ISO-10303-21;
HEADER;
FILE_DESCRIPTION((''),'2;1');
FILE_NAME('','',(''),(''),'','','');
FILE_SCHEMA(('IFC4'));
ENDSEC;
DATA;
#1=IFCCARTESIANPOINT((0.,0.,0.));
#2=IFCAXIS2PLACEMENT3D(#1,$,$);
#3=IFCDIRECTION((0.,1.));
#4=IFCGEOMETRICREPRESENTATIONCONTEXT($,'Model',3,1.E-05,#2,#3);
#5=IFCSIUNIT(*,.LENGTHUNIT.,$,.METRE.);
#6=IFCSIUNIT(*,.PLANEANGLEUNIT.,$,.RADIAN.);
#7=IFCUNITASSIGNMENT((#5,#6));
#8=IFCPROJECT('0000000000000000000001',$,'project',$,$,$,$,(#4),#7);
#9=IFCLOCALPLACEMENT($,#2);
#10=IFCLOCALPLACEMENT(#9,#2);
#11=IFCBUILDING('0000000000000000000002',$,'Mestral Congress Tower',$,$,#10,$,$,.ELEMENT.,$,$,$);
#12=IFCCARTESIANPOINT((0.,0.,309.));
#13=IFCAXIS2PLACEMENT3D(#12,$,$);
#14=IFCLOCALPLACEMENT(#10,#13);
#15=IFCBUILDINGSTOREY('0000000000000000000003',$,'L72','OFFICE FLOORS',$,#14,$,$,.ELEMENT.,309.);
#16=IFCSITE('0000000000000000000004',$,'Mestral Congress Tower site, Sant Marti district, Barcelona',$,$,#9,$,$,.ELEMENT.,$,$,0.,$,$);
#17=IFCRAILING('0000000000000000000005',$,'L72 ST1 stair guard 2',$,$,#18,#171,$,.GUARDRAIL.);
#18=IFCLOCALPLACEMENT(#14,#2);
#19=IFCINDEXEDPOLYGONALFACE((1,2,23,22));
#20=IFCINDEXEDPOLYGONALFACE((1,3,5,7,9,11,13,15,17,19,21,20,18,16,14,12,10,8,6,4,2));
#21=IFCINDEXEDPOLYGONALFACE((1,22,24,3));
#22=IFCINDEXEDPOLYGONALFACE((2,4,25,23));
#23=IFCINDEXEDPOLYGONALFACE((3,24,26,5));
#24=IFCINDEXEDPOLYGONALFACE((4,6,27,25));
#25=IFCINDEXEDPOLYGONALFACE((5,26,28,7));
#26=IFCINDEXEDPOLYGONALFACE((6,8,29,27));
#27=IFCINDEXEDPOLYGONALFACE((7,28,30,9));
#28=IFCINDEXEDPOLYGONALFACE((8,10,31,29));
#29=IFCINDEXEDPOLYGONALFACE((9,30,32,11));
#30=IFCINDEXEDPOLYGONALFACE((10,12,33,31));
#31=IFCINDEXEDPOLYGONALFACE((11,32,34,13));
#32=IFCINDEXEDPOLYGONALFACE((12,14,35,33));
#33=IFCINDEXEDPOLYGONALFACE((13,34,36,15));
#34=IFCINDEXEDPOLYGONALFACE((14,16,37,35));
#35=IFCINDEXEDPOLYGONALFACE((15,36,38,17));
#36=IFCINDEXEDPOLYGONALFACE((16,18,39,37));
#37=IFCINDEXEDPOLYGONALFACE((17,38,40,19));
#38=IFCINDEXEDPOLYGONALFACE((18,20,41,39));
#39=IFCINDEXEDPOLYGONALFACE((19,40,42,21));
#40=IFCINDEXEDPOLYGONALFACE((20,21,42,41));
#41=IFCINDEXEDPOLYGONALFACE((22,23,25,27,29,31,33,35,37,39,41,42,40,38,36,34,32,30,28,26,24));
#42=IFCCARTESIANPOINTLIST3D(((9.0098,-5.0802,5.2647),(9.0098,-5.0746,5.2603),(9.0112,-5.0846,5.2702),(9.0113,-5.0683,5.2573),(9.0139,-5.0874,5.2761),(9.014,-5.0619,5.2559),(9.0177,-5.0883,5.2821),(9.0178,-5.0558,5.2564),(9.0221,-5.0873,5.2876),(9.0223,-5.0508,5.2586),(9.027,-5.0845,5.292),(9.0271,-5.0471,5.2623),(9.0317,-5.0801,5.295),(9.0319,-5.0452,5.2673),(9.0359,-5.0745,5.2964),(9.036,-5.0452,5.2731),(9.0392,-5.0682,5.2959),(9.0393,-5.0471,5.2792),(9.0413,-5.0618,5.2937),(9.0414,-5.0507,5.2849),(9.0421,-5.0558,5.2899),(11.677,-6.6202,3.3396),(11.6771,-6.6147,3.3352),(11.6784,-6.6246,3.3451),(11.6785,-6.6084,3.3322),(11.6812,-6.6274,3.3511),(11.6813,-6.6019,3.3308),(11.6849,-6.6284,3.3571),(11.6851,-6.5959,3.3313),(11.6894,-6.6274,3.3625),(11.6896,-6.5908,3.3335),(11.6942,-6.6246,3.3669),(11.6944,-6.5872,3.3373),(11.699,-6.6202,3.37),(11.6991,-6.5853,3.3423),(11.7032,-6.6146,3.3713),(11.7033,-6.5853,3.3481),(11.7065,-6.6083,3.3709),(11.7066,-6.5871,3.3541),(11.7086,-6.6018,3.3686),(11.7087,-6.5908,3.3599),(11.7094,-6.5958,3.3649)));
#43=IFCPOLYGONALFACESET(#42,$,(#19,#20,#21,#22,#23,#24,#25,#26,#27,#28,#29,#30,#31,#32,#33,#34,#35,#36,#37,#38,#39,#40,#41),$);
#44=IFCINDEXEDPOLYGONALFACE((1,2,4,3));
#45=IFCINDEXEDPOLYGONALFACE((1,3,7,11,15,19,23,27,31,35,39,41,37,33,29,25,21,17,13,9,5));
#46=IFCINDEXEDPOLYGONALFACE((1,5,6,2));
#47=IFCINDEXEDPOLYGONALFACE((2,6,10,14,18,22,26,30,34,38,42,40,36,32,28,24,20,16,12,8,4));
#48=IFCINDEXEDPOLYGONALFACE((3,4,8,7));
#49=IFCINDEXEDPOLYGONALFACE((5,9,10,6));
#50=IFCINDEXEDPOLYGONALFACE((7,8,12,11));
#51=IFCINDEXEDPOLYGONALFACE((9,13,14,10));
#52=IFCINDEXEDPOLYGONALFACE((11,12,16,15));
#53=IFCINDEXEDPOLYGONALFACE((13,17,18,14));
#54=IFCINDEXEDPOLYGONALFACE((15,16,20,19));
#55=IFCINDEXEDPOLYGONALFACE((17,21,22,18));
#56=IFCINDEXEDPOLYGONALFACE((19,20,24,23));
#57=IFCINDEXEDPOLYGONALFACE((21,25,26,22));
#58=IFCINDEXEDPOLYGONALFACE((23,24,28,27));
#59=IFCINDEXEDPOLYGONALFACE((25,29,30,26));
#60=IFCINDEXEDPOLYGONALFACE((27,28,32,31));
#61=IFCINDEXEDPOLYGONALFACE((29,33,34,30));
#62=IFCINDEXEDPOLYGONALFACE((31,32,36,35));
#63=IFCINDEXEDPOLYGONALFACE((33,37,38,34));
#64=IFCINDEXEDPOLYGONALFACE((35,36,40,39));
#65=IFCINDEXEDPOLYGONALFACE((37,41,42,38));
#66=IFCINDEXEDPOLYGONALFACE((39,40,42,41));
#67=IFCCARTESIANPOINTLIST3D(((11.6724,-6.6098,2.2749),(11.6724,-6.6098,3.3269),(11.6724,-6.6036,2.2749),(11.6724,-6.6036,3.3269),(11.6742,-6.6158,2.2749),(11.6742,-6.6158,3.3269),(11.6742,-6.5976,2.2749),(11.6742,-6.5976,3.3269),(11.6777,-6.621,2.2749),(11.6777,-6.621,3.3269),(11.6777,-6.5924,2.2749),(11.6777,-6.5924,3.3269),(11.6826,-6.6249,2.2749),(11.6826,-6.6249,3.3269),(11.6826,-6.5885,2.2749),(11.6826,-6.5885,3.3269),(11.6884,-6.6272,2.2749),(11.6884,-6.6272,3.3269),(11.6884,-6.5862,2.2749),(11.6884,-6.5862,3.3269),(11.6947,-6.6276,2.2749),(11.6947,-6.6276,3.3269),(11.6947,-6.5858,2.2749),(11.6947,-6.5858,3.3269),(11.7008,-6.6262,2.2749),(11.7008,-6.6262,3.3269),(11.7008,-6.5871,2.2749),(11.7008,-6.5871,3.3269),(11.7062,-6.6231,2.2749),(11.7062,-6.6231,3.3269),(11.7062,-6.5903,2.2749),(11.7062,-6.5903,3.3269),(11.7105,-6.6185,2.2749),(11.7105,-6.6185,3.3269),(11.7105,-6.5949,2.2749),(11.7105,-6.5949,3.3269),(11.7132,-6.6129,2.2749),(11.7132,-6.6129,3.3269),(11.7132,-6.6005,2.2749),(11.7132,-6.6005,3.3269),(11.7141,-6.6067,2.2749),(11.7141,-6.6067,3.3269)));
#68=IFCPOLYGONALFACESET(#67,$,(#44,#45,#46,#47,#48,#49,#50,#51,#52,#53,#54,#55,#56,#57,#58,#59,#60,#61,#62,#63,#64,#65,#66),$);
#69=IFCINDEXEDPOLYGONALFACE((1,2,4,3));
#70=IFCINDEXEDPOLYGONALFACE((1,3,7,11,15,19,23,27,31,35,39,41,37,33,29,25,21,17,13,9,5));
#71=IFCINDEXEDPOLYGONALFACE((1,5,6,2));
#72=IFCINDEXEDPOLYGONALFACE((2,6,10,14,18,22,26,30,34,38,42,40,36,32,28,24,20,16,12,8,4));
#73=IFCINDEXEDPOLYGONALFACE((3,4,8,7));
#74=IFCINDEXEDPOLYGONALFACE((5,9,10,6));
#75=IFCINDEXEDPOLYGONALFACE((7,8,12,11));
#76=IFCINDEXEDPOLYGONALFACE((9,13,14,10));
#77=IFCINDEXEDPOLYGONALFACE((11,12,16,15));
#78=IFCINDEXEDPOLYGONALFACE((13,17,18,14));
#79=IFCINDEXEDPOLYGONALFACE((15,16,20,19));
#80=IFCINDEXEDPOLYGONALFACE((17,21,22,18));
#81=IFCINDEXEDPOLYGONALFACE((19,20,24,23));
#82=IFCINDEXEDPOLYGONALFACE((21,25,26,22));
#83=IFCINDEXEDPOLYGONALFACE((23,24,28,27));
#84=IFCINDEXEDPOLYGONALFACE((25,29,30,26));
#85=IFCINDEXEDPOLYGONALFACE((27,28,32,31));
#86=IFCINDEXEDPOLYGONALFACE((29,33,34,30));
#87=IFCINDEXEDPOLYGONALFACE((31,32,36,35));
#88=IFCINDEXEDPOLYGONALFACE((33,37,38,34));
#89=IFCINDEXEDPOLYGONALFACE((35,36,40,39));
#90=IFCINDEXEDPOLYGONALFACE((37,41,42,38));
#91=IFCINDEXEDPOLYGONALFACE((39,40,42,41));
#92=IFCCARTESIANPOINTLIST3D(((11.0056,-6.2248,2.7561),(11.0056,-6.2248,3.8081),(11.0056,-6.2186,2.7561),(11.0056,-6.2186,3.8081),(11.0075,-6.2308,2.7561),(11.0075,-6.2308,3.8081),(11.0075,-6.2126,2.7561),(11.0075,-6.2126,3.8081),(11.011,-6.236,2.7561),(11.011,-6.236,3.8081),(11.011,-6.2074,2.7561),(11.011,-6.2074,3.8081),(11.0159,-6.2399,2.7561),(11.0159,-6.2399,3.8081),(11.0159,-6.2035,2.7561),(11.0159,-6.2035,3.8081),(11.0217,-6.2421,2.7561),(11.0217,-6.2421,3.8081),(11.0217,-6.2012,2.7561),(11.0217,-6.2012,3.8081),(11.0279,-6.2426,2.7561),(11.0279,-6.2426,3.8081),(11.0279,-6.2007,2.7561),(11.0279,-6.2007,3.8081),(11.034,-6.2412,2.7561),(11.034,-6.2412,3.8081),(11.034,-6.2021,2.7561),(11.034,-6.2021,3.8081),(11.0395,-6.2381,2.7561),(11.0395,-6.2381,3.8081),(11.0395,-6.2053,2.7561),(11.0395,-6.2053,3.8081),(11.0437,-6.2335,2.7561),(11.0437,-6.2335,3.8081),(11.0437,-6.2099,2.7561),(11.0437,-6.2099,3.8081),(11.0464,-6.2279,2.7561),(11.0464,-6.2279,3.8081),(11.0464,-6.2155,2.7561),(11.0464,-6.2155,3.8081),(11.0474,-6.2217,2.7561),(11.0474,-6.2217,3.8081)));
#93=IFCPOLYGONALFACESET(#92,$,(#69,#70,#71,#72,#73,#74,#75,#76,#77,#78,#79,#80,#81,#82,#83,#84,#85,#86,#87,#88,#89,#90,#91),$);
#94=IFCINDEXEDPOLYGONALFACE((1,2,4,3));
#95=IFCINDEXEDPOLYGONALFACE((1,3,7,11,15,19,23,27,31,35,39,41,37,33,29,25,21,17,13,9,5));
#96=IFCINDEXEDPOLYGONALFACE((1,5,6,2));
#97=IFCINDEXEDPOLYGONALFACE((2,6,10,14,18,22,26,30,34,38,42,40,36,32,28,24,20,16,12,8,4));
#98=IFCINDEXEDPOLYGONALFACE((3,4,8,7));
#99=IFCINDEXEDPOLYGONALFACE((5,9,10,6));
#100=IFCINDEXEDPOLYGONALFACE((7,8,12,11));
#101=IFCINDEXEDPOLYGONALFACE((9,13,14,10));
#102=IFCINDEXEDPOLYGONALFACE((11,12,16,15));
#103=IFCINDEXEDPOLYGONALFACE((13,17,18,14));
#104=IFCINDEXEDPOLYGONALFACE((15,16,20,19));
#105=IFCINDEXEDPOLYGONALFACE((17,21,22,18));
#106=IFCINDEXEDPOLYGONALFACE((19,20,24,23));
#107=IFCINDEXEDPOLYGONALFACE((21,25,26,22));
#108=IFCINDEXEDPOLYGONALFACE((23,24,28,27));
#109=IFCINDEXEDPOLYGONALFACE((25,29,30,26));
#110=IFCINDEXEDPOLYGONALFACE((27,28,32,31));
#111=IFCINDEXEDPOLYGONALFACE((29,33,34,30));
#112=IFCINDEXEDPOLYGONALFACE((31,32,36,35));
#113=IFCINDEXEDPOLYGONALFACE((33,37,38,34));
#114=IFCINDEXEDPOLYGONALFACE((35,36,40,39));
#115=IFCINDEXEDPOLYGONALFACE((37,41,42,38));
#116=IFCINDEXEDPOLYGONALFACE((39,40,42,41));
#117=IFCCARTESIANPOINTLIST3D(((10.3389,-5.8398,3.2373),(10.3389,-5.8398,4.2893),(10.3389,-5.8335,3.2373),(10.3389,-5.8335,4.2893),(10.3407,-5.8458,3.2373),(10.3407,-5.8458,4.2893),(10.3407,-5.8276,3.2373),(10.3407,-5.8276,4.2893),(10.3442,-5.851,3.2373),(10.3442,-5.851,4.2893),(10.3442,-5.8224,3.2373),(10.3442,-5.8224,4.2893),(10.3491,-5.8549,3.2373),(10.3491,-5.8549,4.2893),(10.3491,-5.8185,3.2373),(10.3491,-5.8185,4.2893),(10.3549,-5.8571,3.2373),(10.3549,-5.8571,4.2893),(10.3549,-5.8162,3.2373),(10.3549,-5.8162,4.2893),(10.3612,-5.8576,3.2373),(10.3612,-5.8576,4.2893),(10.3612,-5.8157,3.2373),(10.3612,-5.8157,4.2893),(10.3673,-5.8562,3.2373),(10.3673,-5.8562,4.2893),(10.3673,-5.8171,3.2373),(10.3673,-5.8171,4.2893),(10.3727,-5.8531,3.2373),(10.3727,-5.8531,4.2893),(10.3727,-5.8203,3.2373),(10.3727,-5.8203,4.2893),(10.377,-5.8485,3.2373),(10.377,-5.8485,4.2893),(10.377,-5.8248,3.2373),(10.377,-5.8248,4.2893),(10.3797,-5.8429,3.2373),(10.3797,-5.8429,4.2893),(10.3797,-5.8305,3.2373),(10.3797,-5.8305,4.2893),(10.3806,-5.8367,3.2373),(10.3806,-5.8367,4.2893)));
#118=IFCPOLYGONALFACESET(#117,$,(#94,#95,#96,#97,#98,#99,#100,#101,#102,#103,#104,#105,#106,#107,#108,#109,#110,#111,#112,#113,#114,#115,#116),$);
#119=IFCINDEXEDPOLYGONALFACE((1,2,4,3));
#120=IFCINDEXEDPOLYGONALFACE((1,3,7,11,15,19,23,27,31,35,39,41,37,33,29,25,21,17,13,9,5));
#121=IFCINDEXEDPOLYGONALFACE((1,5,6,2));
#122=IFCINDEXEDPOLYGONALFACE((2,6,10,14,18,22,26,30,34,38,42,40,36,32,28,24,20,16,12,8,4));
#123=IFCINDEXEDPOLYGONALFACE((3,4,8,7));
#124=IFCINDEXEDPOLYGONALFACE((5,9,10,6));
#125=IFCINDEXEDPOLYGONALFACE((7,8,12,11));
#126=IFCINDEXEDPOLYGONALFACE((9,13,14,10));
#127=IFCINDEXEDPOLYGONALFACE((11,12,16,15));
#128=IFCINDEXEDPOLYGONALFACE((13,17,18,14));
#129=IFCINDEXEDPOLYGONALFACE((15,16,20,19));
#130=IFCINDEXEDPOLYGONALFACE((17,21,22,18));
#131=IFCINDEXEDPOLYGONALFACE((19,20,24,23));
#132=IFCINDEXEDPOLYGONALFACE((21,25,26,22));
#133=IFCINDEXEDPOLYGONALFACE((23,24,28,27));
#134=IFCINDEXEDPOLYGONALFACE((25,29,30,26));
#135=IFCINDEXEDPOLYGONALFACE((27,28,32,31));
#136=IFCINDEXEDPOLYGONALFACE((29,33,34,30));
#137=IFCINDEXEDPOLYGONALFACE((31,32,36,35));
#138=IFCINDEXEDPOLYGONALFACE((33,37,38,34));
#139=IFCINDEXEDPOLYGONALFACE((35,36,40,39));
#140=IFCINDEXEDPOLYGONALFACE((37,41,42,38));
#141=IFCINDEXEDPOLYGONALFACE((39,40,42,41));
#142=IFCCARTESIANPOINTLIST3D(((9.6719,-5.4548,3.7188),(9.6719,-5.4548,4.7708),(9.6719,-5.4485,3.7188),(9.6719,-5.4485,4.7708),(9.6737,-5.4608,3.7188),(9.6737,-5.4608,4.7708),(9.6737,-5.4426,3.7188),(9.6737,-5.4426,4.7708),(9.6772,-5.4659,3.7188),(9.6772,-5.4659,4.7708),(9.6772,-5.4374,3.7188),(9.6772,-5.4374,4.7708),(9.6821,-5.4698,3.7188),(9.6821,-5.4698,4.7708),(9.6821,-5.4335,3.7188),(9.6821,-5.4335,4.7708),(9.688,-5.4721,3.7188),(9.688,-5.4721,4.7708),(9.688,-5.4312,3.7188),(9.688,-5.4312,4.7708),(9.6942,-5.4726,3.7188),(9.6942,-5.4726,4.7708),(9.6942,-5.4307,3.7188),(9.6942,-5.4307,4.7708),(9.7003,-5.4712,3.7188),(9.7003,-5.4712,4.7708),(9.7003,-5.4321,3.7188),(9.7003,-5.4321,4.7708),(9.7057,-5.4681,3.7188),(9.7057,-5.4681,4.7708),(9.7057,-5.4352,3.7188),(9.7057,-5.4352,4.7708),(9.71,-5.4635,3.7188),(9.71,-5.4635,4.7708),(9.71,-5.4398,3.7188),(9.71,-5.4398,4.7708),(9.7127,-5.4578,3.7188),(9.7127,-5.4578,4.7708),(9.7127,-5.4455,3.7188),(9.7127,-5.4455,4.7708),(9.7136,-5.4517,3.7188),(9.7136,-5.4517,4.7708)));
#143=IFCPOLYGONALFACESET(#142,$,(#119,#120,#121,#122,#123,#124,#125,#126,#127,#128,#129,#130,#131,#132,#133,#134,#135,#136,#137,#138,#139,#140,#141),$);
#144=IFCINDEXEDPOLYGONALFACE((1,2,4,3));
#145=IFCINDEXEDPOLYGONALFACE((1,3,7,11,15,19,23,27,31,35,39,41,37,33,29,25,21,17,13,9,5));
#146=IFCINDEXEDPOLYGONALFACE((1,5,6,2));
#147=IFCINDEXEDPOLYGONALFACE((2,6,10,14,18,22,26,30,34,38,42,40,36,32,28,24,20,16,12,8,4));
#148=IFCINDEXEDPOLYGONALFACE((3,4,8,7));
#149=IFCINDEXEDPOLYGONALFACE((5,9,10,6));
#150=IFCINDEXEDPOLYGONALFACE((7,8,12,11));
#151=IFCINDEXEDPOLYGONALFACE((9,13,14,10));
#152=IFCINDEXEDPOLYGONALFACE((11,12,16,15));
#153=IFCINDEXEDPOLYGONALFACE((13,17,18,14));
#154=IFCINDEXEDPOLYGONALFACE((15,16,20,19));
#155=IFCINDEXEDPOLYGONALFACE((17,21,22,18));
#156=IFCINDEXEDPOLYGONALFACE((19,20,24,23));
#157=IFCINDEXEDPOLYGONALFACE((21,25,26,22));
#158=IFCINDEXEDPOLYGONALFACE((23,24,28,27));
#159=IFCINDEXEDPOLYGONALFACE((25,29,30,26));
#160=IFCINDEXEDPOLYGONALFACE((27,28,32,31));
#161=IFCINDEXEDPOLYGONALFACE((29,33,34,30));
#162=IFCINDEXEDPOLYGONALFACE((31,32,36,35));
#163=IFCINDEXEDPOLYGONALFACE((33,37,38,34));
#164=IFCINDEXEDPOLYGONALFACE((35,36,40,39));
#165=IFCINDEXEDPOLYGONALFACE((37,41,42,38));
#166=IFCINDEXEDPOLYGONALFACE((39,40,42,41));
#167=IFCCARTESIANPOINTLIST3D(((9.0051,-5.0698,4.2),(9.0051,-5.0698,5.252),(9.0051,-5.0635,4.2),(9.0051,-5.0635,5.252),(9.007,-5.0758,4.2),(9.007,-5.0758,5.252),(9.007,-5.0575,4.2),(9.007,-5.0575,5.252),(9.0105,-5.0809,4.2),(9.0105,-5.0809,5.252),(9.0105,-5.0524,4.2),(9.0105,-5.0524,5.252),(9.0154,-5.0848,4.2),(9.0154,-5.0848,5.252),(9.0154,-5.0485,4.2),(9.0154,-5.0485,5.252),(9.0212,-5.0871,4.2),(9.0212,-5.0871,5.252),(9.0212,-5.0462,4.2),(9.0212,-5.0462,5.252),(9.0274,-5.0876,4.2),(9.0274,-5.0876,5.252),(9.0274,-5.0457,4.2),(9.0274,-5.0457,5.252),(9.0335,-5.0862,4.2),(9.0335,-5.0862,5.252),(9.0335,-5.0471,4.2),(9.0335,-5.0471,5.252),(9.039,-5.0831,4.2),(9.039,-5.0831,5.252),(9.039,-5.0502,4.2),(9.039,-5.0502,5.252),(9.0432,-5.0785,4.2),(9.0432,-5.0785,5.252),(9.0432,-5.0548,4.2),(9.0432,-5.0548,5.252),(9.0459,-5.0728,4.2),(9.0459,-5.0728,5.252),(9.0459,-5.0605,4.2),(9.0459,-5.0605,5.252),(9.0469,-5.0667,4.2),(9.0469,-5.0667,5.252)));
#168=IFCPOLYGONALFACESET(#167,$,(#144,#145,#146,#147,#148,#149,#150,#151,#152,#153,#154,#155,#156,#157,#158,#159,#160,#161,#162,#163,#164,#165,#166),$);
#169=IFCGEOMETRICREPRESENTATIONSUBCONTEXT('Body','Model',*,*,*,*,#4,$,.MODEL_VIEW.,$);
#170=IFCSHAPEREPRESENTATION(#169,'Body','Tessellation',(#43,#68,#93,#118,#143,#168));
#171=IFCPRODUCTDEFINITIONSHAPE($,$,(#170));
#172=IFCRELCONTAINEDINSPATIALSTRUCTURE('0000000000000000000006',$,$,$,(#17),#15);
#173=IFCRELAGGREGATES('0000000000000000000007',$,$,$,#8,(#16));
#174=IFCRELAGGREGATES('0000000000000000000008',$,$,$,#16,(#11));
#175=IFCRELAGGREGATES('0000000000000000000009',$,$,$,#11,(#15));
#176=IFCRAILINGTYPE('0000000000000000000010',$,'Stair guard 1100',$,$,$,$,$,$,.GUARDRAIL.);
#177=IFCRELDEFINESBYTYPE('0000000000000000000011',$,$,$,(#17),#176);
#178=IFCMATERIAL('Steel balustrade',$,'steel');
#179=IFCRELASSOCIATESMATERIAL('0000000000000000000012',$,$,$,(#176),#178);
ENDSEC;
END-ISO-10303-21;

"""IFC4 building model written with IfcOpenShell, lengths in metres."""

from ifc_helpers import new_model, si_unit, direction, frame, origin, origin_2d, place, context, subcontext, project, spatial, circle, extrude, material, type_object, element, save


model = new_model("IFC4")

# Units and contexts
model_context = context("Model", 3, precision=1e-05, world=origin(), true_north=direction((0.0, 1.0)))
body_context = subcontext(model_context, "Body", "Model", "MODEL_VIEW")
ifc_project = project(units=[si_unit("LENGTHUNIT", "METRE"), si_unit("PLANEANGLEUNIT", "RADIAN")], contexts=[model_context])

# Site, building, storey
site_placement = place(None, origin())
site = spatial("IfcSite", under=ifc_project, at=site_placement, Name="Mestral Congress Tower site, Sant Marti district, Barcelona", CompositionType="ELEMENT", RefElevation=0.0)
building_placement = place(site_placement, origin())
building = spatial("IfcBuilding", under=site, at=building_placement, Name="Mestral Congress Tower", CompositionType="ELEMENT")
storey_placement = place(building_placement, frame((0.0, 0.0, 309.0)))
storey = spatial("IfcBuildingStorey", under=building, at=storey_placement, Name="L72", Description="OFFICE FLOORS", CompositionType="ELEMENT", Elevation=309.0)

# Railing
ifc_material_1 = material(Name="Steel balustrade", Category="steel")
railing_type_1 = type_object("IfcRailingType", Name="Stair guard 1100", PredefinedType="GUARDRAIL", material=ifc_material_1)
railing_1_placement = place(storey_placement, frame((11.6931, -6.6067, 2.2749)))
element("IfcRailing", 1, at=railing_1_placement, inside=storey, type_object=railing_type_1, Name="L72 ST1 stair guard 2", PredefinedType="GUARDRAIL", context=body_context, shape_type="SweptSolid", body=[
    extrude(circle(Radius=0.0239, at=origin_2d()), frame((0.0, 0.0, 1.0762), z_axis=(-0.734364, 0.424015, 0.530019), x_axis=(-0.500027, -0.86601, 0.0)), (0.0, 0.0, 1.0), 3.6321),
    extrude(circle(Radius=0.021, at=origin_2d()), origin(), (0.0, 0.0, 1.0), 1.052),
    extrude(circle(Radius=0.021, at=origin_2d()), frame((-0.6667, 0.385, 0.4812)), (0.0, 0.0, 1.0), 1.052),
    extrude(circle(Radius=0.021, at=origin_2d()), frame((-1.3335, 0.77, 0.9624)), (0.0, 0.0, 1.0), 1.052),
    extrude(circle(Radius=0.021, at=origin_2d()), frame((-2.0005, 1.155, 1.4438)), (0.0, 0.0, 1.0), 1.052),
    extrude(circle(Radius=0.021, at=origin_2d()), frame((-2.6672, 1.54, 1.925)), (0.0, 0.0, 1.0), 1.052),
])

save(model, "model.ifc")
